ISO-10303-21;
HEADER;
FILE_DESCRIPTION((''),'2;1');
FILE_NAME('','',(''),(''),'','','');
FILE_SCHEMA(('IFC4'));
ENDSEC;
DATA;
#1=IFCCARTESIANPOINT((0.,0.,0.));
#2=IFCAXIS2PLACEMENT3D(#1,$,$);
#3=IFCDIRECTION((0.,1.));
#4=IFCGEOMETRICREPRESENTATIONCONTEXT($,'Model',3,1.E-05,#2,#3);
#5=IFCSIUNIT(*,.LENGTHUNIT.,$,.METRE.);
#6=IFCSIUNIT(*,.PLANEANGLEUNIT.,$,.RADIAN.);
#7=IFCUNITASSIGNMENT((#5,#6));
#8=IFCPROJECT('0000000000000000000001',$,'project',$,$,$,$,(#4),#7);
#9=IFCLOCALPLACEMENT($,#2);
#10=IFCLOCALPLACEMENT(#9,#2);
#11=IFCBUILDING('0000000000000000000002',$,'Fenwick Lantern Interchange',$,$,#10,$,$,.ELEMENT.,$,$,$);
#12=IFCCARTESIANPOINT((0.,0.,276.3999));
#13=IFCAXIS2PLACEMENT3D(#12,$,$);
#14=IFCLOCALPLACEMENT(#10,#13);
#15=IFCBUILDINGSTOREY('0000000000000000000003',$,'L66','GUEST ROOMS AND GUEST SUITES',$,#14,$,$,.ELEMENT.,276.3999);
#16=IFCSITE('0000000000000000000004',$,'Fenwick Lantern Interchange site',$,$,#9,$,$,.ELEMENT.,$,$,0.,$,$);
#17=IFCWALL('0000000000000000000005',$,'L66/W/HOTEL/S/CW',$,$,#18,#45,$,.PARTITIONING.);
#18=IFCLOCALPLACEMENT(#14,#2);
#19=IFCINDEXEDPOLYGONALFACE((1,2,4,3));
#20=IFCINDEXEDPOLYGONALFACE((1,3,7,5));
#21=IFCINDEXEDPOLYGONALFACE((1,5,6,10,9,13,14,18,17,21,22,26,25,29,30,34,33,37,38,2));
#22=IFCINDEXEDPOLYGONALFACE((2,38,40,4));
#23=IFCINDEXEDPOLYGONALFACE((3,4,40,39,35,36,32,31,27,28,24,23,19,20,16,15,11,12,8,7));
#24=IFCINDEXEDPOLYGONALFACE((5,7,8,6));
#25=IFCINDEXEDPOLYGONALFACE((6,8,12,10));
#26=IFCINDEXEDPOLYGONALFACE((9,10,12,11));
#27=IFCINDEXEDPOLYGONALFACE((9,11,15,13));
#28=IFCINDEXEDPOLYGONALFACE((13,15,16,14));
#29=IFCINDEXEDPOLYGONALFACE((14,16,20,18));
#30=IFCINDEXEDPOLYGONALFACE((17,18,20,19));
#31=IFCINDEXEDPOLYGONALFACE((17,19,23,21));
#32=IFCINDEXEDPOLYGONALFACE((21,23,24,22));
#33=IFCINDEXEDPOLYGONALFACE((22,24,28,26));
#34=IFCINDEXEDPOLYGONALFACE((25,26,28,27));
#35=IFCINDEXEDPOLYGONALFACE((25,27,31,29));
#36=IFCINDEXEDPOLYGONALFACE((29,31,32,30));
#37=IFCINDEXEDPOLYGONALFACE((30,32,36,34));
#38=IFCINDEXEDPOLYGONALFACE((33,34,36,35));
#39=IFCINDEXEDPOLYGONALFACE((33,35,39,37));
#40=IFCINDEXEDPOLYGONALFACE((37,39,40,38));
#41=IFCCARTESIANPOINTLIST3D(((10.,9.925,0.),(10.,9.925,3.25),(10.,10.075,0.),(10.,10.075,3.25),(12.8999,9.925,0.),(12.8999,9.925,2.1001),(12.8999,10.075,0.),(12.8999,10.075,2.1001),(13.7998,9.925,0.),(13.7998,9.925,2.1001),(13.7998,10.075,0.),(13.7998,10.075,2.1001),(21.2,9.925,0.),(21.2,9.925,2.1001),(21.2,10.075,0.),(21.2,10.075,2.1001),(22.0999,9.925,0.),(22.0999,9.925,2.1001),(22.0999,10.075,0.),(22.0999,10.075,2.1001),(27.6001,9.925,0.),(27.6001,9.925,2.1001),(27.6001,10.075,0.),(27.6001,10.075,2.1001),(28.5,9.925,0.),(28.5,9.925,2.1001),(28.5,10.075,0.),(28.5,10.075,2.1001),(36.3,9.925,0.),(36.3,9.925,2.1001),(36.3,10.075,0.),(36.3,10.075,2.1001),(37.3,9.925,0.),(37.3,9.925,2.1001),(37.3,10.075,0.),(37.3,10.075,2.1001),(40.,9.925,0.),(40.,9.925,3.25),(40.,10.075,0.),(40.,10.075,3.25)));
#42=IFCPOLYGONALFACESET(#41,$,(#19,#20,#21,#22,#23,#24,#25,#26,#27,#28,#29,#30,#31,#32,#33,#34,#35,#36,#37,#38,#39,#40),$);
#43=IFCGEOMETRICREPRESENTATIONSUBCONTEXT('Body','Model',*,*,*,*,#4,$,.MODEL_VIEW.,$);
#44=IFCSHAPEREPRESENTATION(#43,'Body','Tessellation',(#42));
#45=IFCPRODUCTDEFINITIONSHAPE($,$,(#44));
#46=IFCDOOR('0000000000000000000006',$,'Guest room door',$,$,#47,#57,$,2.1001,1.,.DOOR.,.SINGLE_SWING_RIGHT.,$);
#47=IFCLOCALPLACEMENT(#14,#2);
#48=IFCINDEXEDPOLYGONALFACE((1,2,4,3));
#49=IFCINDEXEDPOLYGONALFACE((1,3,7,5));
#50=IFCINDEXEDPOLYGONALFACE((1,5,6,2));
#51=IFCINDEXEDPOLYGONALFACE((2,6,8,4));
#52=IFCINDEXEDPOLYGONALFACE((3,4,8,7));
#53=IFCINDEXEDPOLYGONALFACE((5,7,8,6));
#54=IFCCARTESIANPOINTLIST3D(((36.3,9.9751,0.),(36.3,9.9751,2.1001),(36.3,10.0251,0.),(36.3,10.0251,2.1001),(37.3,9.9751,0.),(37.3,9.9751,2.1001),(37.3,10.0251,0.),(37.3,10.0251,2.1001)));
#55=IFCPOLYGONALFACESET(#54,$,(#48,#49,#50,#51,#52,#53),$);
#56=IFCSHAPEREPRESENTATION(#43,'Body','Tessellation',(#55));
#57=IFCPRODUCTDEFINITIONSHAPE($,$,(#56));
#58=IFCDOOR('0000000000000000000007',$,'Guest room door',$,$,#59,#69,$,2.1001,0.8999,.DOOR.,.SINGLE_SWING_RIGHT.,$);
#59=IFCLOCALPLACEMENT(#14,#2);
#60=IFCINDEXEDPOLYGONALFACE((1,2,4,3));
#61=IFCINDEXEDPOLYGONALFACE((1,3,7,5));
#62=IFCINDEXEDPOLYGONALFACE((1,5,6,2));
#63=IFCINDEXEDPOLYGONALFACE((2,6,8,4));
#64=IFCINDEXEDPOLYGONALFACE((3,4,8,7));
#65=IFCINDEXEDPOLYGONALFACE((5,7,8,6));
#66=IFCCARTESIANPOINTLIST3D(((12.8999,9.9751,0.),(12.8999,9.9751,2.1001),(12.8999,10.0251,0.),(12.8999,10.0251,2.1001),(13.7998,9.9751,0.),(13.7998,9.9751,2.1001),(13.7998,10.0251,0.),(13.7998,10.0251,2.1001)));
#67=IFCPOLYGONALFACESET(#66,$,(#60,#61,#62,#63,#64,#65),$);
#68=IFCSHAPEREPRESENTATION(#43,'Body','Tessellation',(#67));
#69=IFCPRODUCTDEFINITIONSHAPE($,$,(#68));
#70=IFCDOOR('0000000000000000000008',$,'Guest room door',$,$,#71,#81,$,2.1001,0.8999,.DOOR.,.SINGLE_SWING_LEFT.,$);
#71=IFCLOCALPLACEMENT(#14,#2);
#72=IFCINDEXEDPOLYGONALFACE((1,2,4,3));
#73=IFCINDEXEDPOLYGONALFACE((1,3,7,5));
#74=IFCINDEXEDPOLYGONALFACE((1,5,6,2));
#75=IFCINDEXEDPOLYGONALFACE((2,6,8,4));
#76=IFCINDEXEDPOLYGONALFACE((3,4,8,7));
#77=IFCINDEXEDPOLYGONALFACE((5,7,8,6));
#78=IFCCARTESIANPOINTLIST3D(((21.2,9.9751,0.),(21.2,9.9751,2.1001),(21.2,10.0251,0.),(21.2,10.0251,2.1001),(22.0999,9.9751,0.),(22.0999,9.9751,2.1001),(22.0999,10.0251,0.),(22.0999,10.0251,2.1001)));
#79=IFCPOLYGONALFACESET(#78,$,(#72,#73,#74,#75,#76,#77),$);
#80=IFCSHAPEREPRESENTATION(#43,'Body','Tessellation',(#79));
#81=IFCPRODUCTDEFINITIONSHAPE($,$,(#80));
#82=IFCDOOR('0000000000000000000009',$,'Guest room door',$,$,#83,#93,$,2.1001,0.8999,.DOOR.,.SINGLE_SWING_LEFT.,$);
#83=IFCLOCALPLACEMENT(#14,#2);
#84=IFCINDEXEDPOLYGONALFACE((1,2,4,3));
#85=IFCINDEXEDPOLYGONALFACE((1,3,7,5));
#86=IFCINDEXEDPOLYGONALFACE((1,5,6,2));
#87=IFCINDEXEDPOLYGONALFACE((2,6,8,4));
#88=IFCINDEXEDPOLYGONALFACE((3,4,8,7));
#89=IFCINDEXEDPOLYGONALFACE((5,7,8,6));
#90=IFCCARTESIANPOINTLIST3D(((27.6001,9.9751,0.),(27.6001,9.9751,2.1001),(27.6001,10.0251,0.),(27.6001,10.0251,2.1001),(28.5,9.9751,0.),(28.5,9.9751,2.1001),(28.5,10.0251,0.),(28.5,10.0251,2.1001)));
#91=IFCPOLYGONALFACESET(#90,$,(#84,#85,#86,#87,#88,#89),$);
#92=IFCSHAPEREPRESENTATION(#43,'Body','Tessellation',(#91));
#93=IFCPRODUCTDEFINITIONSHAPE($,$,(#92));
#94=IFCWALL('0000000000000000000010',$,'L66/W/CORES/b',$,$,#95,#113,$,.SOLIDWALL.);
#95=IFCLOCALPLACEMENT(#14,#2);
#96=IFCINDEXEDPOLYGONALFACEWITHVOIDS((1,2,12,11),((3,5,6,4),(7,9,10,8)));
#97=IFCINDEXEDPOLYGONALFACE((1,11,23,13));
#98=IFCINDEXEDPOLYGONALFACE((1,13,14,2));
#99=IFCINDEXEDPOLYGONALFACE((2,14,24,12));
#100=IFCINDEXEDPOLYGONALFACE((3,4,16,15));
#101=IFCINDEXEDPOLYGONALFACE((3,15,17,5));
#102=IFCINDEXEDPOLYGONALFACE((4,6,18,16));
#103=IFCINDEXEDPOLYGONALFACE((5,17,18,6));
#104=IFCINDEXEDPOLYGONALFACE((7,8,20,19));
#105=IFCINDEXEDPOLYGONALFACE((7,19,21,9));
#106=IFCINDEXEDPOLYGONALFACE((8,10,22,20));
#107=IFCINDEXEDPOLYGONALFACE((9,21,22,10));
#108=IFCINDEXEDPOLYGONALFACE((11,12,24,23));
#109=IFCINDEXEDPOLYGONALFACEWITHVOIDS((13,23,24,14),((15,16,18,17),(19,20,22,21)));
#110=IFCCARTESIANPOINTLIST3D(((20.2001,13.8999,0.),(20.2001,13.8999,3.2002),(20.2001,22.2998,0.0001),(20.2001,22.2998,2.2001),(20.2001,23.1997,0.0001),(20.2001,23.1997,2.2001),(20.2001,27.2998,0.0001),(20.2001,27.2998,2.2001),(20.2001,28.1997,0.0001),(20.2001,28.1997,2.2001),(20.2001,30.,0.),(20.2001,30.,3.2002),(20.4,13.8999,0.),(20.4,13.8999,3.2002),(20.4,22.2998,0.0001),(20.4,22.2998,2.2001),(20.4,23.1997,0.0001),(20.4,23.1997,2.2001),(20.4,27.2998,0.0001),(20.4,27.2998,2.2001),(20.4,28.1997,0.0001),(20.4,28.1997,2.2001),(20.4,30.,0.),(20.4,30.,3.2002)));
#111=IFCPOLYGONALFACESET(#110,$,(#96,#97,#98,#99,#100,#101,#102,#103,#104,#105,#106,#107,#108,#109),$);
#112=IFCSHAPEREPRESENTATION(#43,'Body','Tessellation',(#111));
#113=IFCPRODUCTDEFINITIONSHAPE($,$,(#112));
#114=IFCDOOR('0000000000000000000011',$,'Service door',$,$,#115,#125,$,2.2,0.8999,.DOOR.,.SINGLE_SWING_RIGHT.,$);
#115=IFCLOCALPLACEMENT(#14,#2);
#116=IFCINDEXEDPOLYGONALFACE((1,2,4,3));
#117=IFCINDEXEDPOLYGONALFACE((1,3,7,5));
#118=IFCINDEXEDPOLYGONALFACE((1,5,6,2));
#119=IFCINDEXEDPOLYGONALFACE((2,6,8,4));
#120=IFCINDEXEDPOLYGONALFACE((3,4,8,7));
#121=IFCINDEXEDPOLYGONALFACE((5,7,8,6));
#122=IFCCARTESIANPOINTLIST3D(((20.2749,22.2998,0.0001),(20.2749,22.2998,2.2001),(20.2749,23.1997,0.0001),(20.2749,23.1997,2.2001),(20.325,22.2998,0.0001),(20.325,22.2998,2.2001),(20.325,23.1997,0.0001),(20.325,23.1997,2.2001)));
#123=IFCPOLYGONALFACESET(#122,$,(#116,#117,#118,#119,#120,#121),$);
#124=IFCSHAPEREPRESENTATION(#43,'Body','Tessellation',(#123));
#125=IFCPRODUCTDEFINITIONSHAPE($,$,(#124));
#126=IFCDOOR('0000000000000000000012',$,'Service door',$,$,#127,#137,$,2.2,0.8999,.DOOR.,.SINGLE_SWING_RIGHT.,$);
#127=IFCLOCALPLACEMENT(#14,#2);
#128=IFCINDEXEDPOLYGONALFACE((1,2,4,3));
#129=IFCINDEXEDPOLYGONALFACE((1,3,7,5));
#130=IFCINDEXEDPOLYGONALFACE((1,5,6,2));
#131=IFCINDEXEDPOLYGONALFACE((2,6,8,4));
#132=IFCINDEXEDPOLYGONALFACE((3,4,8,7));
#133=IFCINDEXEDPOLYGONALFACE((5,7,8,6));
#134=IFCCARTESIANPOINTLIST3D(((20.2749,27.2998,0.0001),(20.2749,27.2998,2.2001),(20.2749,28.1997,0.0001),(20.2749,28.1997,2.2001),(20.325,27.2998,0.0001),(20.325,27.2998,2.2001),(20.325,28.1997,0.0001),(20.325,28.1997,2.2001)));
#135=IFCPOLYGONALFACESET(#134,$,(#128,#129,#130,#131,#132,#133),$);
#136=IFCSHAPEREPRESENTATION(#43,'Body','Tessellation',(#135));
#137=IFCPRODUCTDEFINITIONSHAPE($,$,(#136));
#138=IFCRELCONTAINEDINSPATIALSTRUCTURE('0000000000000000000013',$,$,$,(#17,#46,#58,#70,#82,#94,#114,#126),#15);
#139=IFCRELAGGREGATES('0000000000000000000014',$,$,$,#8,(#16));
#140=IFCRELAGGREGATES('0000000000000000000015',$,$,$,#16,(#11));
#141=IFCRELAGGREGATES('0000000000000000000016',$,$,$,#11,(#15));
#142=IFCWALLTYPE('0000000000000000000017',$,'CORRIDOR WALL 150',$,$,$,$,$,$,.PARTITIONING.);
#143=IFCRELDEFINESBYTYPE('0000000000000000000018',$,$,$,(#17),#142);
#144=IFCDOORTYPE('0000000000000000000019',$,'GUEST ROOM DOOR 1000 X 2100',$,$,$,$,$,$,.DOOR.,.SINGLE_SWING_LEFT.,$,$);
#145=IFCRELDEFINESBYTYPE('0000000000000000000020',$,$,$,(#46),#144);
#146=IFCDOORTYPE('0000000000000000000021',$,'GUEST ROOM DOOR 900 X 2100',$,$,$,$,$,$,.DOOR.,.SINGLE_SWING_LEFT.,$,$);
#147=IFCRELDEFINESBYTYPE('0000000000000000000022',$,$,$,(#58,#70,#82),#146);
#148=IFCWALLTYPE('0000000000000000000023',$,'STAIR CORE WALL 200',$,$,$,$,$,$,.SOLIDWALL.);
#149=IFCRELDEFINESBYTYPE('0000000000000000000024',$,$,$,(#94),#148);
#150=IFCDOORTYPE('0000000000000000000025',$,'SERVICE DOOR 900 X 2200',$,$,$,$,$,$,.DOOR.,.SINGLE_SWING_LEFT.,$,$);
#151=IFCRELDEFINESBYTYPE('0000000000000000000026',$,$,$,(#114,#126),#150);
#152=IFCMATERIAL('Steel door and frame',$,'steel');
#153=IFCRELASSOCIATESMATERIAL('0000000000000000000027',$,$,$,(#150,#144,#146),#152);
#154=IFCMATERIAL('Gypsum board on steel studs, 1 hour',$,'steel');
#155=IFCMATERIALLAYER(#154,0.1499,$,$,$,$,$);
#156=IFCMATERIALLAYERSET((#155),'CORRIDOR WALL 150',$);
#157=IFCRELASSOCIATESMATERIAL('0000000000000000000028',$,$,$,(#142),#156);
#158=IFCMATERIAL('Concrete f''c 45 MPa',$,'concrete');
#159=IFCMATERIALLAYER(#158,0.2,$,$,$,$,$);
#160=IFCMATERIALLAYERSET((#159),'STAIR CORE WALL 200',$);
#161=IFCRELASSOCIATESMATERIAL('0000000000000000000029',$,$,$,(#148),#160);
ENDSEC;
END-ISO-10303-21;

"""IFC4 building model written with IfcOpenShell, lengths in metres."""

from ifc_helpers import new_model, si_unit, direction, frame, frame_2d, origin, place, context, subcontext, project, spatial, rectangle, extrude, material, layer, layer_set, type_object, element, fill, save


model = new_model("IFC4")

# Units and contexts
model_context = context("Model", 3, precision=1e-05, world=origin(), true_north=direction((0.0, 1.0)))
body_context = subcontext(model_context, "Body", "Model", "MODEL_VIEW")
ifc_project = project(units=[si_unit("LENGTHUNIT", "METRE"), si_unit("PLANEANGLEUNIT", "RADIAN")], contexts=[model_context])

# Site, building, storey
site_placement = place(None, origin())
site = spatial("IfcSite", under=ifc_project, at=site_placement, Name="Fenwick Lantern Interchange site", CompositionType="ELEMENT", RefElevation=0.0)
building_placement = place(site_placement, origin())
building = spatial("IfcBuilding", under=site, at=building_placement, Name="Fenwick Lantern Interchange", CompositionType="ELEMENT")
storey_placement = place(building_placement, frame((0.0, 0.0, 276.3999)))
storey = spatial("IfcBuildingStorey", under=building, at=storey_placement, Name="L66", Description="GUEST ROOMS AND GUEST SUITES", CompositionType="ELEMENT", Elevation=276.3999)

# Shared definitions
ifc_material_1 = material(Name="Steel door and frame", Category="steel")
door_type_1 = type_object("IfcDoorType", Name="SERVICE DOOR 900 X 2200", OperationType="SINGLE_SWING_LEFT", PredefinedType="DOOR", material=ifc_material_1)

# Walls, openings, doors
ifc_material_2 = material(Name="Gypsum board on steel studs, 1 hour", Category="steel")
ifc_layer_1 = layer(ifc_material_2, 0.1499)
ifc_layer_set_1 = layer_set([ifc_layer_1], Name="CORRIDOR WALL 150")
wall_type_1 = type_object("IfcWallType", Name="CORRIDOR WALL 150", PredefinedType="PARTITIONING", material=ifc_layer_set_1)
wall_1_placement = place(storey_placement, frame((10.0, 10.0, 0.0), z_axis=(0.0, 0.0, 1.0), x_axis=(1.0, 0.0, 0.0)))
wall_1 = element("IfcWall", 1, at=wall_1_placement, inside=storey, type_object=wall_type_1, Name="L66/W/HOTEL/S/CW", PredefinedType="PARTITIONING", context=body_context, shape_type="SweptSolid", body=[
    extrude(rectangle(XDim=30.0, YDim=0.1499, at=frame_2d((15.0, 0.0))), origin(), (0.0, 0.0, 1.0), 3.25),
])
opening_1_placement = place(wall_1_placement, frame((2.8999, 0.0, 0.0)))
opening_1 = element("IfcOpeningElement", 2, at=opening_1_placement, cuts=wall_1, PredefinedType="OPENING", context=body_context, shape_type="SweptSolid", body=[
    extrude(rectangle(XDim=0.8999, YDim=2.1001, at=frame_2d((0.45, 1.05))), frame((0.0, 0.085, 0.0), z_axis=(0.0, -1.0, 0.0), x_axis=(1.0, 0.0, 0.0)), (0.0, 0.0, 1.0), 0.1699),
])
opening_2_placement = place(wall_1_placement, frame((11.2, 0.0, 0.0)))
opening_2 = element("IfcOpeningElement", 3, at=opening_2_placement, cuts=wall_1, PredefinedType="OPENING", context=body_context, shape_type="SweptSolid", body=[
    extrude(rectangle(XDim=0.8999, YDim=2.1001, at=frame_2d((0.45, 1.05))), frame((0.0, 0.085, 0.0), z_axis=(0.0, -1.0, 0.0), x_axis=(1.0, 0.0, 0.0)), (0.0, 0.0, 1.0), 0.1699),
])
opening_3_placement = place(wall_1_placement, frame((17.6001, 0.0, 0.0)))
opening_3 = element("IfcOpeningElement", 4, at=opening_3_placement, cuts=wall_1, PredefinedType="OPENING", context=body_context, shape_type="SweptSolid", body=[
    extrude(rectangle(XDim=0.8999, YDim=2.1001, at=frame_2d((0.45, 1.05))), frame((0.0, 0.085, 0.0), z_axis=(0.0, -1.0, 0.0), x_axis=(1.0, 0.0, 0.0)), (0.0, 0.0, 1.0), 0.1699),
])
opening_4_placement = place(wall_1_placement, frame((26.3, 0.0, 0.0)))
opening_4 = element("IfcOpeningElement", 5, at=opening_4_placement, cuts=wall_1, PredefinedType="OPENING", context=body_context, shape_type="SweptSolid", body=[
    extrude(rectangle(XDim=1.0, YDim=2.1001, at=frame_2d((0.5, 1.05))), frame((0.0, 0.085, 0.0), z_axis=(0.0, -1.0, 0.0), x_axis=(1.0, 0.0, 0.0)), (0.0, 0.0, 1.0), 0.1699),
])
door_type_2 = type_object("IfcDoorType", Name="GUEST ROOM DOOR 1000 X 2100", OperationType="SINGLE_SWING_LEFT", PredefinedType="DOOR", material=ifc_material_1)
door_1_placement = place(opening_4_placement, frame((1.0, 0.0, 0.0), z_axis=(0.0, 0.0, 1.0), x_axis=(-1.0, 0.0, 0.0)))
door_1 = element("IfcDoor", 6, at=door_1_placement, inside=storey, type_object=door_type_2, Name="Guest room door", OperationType="SINGLE_SWING_RIGHT", OverallHeight=2.1001, OverallWidth=1.0, PredefinedType="DOOR", context=body_context, shape_type="SweptSolid", body=[
    extrude(rectangle(XDim=1.0, YDim=2.1001, at=frame_2d((0.5, 1.05))), frame((0.0, 0.0249, 0.0), z_axis=(0.0, -1.0, 0.0), x_axis=(1.0, 0.0, 0.0)), (0.0, 0.0, 1.0), 0.05),
])
fill(opening_4, door_1)
door_type_3 = type_object("IfcDoorType", Name="GUEST ROOM DOOR 900 X 2100", OperationType="SINGLE_SWING_LEFT", PredefinedType="DOOR", material=ifc_material_1)
door_2_placement = place(opening_1_placement, frame((0.8999, 0.0, 0.0), z_axis=(0.0, 0.0, 1.0), x_axis=(-1.0, 0.0, 0.0)))
door_2 = element("IfcDoor", 7, at=door_2_placement, inside=storey, type_object=door_type_3, Name="Guest room door", OperationType="SINGLE_SWING_RIGHT", OverallHeight=2.1001, OverallWidth=0.8999, PredefinedType="DOOR", context=body_context, shape_type="SweptSolid", body=[
    extrude(rectangle(XDim=0.8999, YDim=2.1001, at=frame_2d((0.45, 1.05))), frame((0.0, 0.0249, 0.0), z_axis=(0.0, -1.0, 0.0), x_axis=(1.0, 0.0, 0.0)), (0.0, 0.0, 1.0), 0.05),
])
fill(opening_1, door_2)
door_3_placement = place(opening_2_placement, frame((0.8999, 0.0, 0.0), z_axis=(0.0, 0.0, 1.0), x_axis=(-1.0, 0.0, 0.0)))
door_3 = element("IfcDoor", 8, at=door_3_placement, inside=storey, type_object=door_type_3, Name="Guest room door", OperationType="SINGLE_SWING_LEFT", OverallHeight=2.1001, OverallWidth=0.8999, PredefinedType="DOOR", context=body_context, shape_type="SweptSolid", body=[
    extrude(rectangle(XDim=0.8999, YDim=2.1001, at=frame_2d((0.45, 1.05))), frame((0.0, 0.0249, 0.0), z_axis=(0.0, -1.0, 0.0), x_axis=(1.0, 0.0, 0.0)), (0.0, 0.0, 1.0), 0.05),
])
fill(opening_2, door_3)
door_4_placement = place(opening_3_placement, frame((0.8999, 0.0, 0.0), z_axis=(0.0, 0.0, 1.0), x_axis=(-1.0, 0.0, 0.0)))
door_4 = element("IfcDoor", 9, at=door_4_placement, inside=storey, type_object=door_type_3, Name="Guest room door", OperationType="SINGLE_SWING_LEFT", OverallHeight=2.1001, OverallWidth=0.8999, PredefinedType="DOOR", context=body_context, shape_type="SweptSolid", body=[
    extrude(rectangle(XDim=0.8999, YDim=2.1001, at=frame_2d((0.45, 1.05))), frame((0.0, 0.0249, 0.0), z_axis=(0.0, -1.0, 0.0), x_axis=(1.0, 0.0, 0.0)), (0.0, 0.0, 1.0), 0.05),
])
fill(opening_3, door_4)
ifc_material_3 = material(Name="Concrete f'c 45 MPa", Category="concrete")
ifc_layer_2 = layer(ifc_material_3, 0.2)
ifc_layer_set_2 = layer_set([ifc_layer_2], Name="STAIR CORE WALL 200")
wall_type_2 = type_object("IfcWallType", Name="STAIR CORE WALL 200", PredefinedType="SOLIDWALL", material=ifc_layer_set_2)
wall_2_placement = place(storey_placement, frame((20.3, 13.8999, 0.0), z_axis=(0.0, 0.0, 1.0), x_axis=(0.0, 1.0, 0.0)))
wall_2 = element("IfcWall", 10, at=wall_2_placement, inside=storey, type_object=wall_type_2, Name="L66/W/CORES/b", PredefinedType="SOLIDWALL", context=body_context, shape_type="SweptSolid", body=[
    extrude(rectangle(XDim=16.1001, YDim=0.2, at=frame_2d((8.05, 0.0))), origin(), (0.0, 0.0, 1.0), 3.2002),
])
opening_5_placement = place(wall_2_placement, frame((8.3999, 0.0, 0.0)))
opening_5 = element("IfcOpeningElement", 11, at=opening_5_placement, cuts=wall_2, PredefinedType="OPENING", context=body_context, shape_type="SweptSolid", body=[
    extrude(rectangle(XDim=0.8999, YDim=2.2, at=frame_2d((0.45, 1.1001))), frame((0.0, 0.1099, 0.0), z_axis=(0.0, -1.0, 0.0), x_axis=(1.0, 0.0, 0.0)), (0.0, 0.0, 1.0), 0.22),
])
opening_6_placement = place(wall_2_placement, frame((13.3999, 0.0, 0.0)))
opening_6 = element("IfcOpeningElement", 12, at=opening_6_placement, cuts=wall_2, PredefinedType="OPENING", context=body_context, shape_type="SweptSolid", body=[
    extrude(rectangle(XDim=0.8999, YDim=2.2, at=frame_2d((0.45, 1.1001))), frame((0.0, 0.1099, 0.0), z_axis=(0.0, -1.0, 0.0), x_axis=(1.0, 0.0, 0.0)), (0.0, 0.0, 1.0), 0.22),
])
door_5_placement = place(opening_5_placement, frame((0.8999, 0.0, 0.0), z_axis=(0.0, 0.0, 1.0), x_axis=(-1.0, 0.0, 0.0)))
door_5 = element("IfcDoor", 13, at=door_5_placement, inside=storey, type_object=door_type_1, Name="Service door", OperationType="SINGLE_SWING_RIGHT", OverallHeight=2.2, OverallWidth=0.8999, PredefinedType="DOOR", context=body_context, shape_type="SweptSolid", body=[
    extrude(rectangle(XDim=0.8999, YDim=2.2, at=frame_2d((0.45, 1.1001))), frame((0.0, 0.0249, 0.0), z_axis=(0.0, -1.0, 0.0), x_axis=(1.0, 0.0, 0.0)), (0.0, 0.0, 1.0), 0.05),
])
fill(opening_5, door_5)
door_6_placement = place(opening_6_placement, frame((0.8999, 0.0, 0.0), z_axis=(0.0, 0.0, 1.0), x_axis=(-1.0, 0.0, 0.0)))
door_6 = element("IfcDoor", 14, at=door_6_placement, inside=storey, type_object=door_type_1, Name="Service door", OperationType="SINGLE_SWING_RIGHT", OverallHeight=2.2, OverallWidth=0.8999, PredefinedType="DOOR", context=body_context, shape_type="SweptSolid", body=[
    extrude(rectangle(XDim=0.8999, YDim=2.2, at=frame_2d((0.45, 1.1001))), frame((0.0, 0.0249, 0.0), z_axis=(0.0, -1.0, 0.0), x_axis=(1.0, 0.0, 0.0)), (0.0, 0.0, 1.0), 0.05),
])
fill(opening_6, door_6)

save(model, "model.ifc")
